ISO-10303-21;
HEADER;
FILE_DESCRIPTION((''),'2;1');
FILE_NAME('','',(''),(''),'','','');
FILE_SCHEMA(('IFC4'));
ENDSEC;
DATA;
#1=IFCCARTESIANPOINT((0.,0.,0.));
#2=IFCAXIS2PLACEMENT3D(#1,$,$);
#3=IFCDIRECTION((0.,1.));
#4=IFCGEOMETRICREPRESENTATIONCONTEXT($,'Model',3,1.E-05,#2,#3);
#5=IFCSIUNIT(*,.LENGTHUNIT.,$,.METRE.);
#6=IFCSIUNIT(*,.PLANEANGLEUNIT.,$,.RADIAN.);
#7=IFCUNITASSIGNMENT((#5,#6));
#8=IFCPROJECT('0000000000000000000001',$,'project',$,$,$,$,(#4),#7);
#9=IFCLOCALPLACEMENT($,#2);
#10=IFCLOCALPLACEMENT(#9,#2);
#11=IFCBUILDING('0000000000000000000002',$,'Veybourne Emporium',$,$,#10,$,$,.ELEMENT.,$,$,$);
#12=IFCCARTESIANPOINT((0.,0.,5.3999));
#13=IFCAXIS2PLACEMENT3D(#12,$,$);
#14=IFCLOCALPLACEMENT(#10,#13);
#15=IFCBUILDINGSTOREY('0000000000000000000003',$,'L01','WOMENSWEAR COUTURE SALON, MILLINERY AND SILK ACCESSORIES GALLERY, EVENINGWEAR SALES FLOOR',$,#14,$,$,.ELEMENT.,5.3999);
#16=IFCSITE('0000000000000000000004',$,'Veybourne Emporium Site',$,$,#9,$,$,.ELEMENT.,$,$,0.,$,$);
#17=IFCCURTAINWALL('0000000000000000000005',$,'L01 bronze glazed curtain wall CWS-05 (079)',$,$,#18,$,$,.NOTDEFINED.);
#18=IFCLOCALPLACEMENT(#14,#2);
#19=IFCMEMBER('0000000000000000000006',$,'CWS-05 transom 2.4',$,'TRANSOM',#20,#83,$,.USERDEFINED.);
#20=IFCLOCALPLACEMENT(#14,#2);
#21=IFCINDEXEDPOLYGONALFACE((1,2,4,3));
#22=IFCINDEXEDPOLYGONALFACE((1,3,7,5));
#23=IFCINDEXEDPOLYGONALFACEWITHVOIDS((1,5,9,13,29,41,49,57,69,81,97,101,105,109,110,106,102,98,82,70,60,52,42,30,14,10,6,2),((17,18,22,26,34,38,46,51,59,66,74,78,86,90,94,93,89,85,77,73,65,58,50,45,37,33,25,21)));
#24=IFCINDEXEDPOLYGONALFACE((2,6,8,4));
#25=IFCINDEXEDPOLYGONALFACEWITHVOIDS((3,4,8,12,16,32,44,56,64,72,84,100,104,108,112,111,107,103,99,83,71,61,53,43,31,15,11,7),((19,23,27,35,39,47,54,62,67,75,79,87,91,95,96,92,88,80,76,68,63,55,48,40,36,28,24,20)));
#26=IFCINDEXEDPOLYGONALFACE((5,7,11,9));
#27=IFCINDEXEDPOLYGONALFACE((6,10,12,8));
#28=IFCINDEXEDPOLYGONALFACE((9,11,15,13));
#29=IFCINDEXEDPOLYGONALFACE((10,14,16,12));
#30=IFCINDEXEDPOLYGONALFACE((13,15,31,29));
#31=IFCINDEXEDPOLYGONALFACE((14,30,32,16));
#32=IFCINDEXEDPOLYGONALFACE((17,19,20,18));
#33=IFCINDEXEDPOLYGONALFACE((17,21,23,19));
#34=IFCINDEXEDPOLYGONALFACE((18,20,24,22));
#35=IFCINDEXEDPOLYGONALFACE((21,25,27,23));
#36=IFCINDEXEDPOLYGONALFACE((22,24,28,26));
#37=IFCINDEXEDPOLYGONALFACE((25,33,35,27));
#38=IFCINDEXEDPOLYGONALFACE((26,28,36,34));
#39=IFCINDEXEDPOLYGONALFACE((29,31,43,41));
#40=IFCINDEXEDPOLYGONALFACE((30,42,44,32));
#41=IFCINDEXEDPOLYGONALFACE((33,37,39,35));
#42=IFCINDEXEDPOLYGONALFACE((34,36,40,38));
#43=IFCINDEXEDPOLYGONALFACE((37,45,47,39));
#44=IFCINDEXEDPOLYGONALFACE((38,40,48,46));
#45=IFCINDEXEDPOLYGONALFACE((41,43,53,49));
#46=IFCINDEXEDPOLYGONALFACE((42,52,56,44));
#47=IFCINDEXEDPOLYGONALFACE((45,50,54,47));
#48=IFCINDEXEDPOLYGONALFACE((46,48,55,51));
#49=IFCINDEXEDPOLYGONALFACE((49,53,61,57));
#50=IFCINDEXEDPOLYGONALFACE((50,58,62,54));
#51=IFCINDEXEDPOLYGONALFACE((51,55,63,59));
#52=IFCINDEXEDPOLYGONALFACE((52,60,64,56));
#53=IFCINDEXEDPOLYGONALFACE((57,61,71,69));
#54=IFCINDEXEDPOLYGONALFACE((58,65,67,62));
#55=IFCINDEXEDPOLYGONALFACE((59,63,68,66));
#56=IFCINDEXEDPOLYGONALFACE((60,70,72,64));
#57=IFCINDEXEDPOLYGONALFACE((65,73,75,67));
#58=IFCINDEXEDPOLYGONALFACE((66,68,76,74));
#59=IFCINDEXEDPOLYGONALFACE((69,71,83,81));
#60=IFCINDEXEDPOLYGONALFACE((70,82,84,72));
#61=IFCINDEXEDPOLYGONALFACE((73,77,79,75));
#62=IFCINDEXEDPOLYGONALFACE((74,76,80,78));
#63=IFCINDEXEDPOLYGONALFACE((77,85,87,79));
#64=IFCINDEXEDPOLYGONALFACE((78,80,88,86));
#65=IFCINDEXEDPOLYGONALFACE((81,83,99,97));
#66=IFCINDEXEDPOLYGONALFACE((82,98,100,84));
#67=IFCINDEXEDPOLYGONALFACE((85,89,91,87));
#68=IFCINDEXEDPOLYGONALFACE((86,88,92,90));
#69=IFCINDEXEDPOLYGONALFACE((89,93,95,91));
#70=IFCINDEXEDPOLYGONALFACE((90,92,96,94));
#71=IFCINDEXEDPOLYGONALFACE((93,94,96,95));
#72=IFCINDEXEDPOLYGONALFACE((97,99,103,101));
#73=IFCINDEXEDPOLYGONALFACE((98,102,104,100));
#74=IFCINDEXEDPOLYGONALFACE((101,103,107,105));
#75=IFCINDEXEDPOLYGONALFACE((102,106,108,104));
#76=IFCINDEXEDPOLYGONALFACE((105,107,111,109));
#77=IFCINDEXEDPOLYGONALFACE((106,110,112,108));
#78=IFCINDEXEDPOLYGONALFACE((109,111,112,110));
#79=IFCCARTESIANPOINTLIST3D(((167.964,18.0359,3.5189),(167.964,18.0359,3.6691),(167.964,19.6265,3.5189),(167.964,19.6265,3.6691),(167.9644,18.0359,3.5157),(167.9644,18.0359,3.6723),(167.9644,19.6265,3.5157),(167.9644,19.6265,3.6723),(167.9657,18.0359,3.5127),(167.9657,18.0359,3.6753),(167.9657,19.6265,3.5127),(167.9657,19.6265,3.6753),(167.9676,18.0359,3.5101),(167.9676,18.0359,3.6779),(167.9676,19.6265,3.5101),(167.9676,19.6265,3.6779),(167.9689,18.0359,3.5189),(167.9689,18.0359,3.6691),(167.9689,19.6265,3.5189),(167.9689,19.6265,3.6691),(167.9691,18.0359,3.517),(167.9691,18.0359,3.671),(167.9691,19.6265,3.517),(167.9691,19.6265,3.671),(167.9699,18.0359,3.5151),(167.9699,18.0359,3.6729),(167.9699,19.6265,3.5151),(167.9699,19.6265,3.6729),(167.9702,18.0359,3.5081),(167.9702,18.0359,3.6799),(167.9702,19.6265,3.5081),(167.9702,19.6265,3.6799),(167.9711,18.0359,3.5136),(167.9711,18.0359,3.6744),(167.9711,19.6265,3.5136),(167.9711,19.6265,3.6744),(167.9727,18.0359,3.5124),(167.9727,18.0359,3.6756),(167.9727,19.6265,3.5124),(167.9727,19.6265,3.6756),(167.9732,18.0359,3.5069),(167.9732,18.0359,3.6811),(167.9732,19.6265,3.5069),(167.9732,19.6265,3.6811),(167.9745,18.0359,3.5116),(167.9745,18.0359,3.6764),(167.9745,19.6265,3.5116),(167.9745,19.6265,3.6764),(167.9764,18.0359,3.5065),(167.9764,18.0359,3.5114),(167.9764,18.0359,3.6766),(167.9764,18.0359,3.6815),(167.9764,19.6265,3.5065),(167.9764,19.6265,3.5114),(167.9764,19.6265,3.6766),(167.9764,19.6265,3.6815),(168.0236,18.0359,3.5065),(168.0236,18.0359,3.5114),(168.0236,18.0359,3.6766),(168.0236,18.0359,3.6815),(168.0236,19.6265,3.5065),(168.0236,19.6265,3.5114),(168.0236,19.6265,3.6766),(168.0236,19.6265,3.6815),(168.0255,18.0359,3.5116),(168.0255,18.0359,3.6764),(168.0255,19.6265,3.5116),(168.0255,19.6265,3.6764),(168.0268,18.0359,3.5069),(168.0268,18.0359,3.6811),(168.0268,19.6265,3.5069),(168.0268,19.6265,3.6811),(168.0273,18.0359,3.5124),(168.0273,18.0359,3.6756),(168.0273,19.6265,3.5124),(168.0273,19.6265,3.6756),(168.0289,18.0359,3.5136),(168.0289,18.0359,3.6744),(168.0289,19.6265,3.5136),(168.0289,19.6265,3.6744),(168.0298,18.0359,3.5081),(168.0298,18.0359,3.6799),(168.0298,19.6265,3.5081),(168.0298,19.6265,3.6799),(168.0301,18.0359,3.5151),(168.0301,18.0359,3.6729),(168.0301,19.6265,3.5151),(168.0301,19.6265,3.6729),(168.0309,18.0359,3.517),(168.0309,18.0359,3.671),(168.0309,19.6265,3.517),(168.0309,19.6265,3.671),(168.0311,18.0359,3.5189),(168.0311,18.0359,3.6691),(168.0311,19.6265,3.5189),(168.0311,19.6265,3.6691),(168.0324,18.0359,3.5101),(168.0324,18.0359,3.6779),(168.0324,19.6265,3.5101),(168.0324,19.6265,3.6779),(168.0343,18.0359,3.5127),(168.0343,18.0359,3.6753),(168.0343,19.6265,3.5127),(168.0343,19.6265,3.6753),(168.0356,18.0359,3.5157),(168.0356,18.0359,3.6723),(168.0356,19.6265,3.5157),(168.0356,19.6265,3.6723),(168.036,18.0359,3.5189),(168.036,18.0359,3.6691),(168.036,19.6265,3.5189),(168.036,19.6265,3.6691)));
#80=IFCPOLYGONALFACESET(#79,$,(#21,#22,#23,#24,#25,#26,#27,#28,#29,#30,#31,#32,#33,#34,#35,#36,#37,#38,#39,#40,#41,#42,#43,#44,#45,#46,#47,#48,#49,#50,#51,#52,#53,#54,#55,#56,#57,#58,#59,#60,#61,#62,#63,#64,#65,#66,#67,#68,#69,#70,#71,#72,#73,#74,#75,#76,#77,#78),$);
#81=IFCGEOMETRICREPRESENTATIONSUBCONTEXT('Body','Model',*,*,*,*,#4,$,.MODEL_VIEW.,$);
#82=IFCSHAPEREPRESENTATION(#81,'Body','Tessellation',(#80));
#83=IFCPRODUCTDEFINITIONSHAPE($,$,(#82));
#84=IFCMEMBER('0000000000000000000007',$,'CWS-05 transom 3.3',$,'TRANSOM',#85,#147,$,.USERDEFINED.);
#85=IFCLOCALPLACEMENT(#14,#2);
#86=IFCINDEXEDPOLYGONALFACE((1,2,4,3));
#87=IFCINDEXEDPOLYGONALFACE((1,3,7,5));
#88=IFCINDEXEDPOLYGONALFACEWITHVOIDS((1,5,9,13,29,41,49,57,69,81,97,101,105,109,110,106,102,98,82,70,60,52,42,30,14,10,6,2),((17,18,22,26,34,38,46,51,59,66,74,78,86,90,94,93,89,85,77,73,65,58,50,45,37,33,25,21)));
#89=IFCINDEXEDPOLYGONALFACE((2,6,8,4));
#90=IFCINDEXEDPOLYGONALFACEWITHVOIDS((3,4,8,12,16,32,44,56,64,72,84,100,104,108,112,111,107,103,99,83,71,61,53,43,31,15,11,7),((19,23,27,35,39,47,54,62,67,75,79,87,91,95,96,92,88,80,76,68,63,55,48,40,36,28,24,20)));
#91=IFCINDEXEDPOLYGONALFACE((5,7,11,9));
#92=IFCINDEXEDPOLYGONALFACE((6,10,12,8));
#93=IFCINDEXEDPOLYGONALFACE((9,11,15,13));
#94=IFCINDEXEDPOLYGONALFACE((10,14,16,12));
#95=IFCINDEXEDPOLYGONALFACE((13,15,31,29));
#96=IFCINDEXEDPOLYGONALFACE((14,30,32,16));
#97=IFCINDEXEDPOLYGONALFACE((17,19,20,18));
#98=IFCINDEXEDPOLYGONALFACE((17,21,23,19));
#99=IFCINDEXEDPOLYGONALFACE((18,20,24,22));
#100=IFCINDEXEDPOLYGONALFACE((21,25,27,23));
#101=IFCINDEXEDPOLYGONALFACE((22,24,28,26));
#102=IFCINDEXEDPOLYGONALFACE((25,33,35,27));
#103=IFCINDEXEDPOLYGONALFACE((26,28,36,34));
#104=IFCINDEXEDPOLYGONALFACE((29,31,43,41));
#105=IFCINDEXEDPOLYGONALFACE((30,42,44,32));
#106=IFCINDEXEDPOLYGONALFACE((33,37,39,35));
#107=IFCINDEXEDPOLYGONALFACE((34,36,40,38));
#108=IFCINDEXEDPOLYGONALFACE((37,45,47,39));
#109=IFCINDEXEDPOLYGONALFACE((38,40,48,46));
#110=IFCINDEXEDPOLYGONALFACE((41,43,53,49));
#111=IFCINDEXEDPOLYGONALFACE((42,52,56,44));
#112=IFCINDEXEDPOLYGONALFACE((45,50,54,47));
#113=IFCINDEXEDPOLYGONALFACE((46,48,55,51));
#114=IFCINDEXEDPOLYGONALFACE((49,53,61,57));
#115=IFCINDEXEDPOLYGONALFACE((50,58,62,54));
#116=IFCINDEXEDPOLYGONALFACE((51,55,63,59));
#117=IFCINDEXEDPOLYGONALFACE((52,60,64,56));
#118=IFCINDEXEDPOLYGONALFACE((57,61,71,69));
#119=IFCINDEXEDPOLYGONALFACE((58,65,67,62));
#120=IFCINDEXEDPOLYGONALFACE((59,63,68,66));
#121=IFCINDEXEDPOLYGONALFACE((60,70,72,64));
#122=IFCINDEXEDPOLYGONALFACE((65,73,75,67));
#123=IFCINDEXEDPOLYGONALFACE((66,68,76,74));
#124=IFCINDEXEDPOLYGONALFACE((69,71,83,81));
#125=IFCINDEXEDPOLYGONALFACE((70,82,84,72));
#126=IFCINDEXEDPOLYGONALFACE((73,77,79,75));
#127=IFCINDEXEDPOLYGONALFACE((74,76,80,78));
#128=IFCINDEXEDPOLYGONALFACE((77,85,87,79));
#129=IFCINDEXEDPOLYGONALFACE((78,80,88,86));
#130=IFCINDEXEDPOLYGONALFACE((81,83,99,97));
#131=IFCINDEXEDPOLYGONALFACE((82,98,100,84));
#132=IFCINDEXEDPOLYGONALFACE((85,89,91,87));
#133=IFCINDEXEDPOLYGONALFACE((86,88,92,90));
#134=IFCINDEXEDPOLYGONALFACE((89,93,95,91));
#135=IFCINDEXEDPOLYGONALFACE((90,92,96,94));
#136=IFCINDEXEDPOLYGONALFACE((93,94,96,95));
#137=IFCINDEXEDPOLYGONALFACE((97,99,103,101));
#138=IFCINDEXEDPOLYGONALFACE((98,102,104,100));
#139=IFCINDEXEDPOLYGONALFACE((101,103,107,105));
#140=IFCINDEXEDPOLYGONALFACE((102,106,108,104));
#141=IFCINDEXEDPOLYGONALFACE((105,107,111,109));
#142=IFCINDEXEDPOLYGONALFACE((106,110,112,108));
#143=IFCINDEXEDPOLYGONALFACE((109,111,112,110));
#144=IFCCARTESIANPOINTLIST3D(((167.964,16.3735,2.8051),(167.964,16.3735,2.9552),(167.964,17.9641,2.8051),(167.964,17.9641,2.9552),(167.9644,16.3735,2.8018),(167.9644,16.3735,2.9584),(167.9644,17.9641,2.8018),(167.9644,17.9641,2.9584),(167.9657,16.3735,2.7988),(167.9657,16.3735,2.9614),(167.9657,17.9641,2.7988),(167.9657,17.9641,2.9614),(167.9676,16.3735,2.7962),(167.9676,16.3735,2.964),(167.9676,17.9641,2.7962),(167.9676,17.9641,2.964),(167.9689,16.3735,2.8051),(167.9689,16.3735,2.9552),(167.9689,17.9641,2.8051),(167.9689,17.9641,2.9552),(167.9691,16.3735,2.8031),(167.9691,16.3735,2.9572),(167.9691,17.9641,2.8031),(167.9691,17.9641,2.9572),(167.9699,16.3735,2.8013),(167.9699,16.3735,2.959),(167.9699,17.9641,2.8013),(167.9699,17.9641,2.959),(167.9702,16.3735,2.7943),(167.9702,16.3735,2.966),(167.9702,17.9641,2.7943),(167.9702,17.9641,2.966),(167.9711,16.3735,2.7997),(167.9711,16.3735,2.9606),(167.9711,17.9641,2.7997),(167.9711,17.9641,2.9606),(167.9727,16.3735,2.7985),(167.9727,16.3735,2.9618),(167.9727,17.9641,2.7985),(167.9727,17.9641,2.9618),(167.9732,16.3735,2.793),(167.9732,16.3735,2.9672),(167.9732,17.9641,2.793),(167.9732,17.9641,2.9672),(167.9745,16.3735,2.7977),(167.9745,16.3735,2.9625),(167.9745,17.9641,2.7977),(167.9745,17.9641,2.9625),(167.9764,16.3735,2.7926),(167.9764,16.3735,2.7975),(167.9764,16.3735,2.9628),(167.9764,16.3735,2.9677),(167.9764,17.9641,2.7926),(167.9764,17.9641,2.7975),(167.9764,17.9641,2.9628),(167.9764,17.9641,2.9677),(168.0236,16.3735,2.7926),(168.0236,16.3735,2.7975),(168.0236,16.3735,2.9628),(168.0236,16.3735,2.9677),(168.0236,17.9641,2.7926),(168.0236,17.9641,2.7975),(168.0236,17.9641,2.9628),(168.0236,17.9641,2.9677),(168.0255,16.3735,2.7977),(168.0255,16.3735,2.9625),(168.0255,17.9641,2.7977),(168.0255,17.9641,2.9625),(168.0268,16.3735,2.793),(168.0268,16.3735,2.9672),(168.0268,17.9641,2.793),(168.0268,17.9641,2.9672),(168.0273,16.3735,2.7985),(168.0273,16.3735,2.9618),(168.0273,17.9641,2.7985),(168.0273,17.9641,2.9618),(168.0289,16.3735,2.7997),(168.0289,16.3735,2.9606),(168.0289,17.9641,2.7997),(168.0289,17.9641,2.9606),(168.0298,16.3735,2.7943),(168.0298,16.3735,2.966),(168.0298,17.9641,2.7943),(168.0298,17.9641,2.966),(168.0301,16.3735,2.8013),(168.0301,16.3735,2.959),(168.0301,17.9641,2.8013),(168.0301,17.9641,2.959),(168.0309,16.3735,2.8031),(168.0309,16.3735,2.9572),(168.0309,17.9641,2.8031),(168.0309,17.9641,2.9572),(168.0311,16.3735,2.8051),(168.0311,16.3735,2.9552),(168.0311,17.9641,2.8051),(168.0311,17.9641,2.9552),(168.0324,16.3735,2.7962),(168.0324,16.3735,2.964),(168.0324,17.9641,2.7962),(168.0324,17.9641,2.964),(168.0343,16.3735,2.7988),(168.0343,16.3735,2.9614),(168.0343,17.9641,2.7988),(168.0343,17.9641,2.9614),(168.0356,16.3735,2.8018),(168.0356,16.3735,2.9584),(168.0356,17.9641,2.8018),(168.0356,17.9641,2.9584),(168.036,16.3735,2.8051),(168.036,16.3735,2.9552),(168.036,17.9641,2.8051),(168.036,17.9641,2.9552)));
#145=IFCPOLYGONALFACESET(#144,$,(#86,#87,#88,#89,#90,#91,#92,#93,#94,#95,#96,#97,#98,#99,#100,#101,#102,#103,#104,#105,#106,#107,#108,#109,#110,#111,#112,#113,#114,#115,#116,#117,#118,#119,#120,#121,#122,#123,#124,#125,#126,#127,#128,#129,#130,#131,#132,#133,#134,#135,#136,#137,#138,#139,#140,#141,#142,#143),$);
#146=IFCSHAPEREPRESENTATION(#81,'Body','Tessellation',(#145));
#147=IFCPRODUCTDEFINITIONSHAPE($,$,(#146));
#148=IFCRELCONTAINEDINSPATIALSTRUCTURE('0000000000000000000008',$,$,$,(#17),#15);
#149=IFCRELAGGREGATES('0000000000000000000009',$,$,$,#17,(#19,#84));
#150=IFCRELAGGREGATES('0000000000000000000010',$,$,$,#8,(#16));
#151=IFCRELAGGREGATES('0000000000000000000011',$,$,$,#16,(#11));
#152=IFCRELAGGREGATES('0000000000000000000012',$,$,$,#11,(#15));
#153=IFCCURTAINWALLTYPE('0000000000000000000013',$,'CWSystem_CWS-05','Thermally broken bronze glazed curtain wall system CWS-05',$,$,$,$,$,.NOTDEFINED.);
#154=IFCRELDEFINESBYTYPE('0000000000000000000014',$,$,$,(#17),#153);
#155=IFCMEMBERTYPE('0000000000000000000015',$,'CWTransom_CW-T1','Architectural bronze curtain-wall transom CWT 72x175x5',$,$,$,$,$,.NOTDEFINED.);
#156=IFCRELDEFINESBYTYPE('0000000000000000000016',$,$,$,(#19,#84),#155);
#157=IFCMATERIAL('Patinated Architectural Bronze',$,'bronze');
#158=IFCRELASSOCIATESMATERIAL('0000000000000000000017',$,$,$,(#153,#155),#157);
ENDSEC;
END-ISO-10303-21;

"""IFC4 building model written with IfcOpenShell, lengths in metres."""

from ifc_helpers import new_model, si_unit, direction, frame, origin, origin_2d, place, context, subcontext, project, spatial, hollow_rectangle, extrude, material, material_profile, profile_set, type_object, element, aggregate, save


model = new_model("IFC4")

# Units and contexts
model_context = context("Model", 3, precision=1e-05, world=origin(), true_north=direction((0.0, 1.0)))
body_context = subcontext(model_context, "Body", "Model", "MODEL_VIEW")
ifc_project = project(units=[si_unit("LENGTHUNIT", "METRE"), si_unit("PLANEANGLEUNIT", "RADIAN")], contexts=[model_context])

# Site, building, storey
site_placement = place(None, origin())
site = spatial("IfcSite", under=ifc_project, at=site_placement, Name="Veybourne Emporium Site", CompositionType="ELEMENT", RefElevation=0.0)
building_placement = place(site_placement, origin())
building = spatial("IfcBuilding", under=site, at=building_placement, Name="Veybourne Emporium", CompositionType="ELEMENT")
storey_placement = place(building_placement, frame((0.0, 0.0, 5.3999)))
storey = spatial("IfcBuildingStorey", under=building, at=storey_placement, Name="L01", Description="WOMENSWEAR COUTURE SALON, MILLINERY AND SILK ACCESSORIES GALLERY, EVENINGWEAR SALES FLOOR", CompositionType="ELEMENT", Elevation=5.3999)

# Curtain wall, members
ifc_material_1 = material(Name="Patinated Architectural Bronze", Category="bronze")
curtain_wall_type = type_object("IfcCurtainWallType", Name="CWSystem_CWS-05", Description="Thermally broken bronze glazed curtain wall system CWS-05", PredefinedType="NOTDEFINED", material=ifc_material_1)
curtain_wall_placement = place(storey_placement, origin())
curtain_wall = element("IfcCurtainWall", 1, at=curtain_wall_placement, inside=storey, type_object=curtain_wall_type, Name="L01 bronze glazed curtain wall CWS-05 (079)", PredefinedType="NOTDEFINED")
ifc_material_profile_1 = material_profile(ifc_material_1, hollow_rectangle(XDim=0.072, YDim=0.175, WallThickness=0.0049, InnerFilletRadius=0.0076, OuterFilletRadius=0.0125, at=origin_2d()), Name="CWT 72x175x5")
ifc_profile_set_1 = profile_set([ifc_material_profile_1], Name="Patinated Architectural Bronze")
member_type_1 = type_object("IfcMemberType", Name="CWTransom_CW-T1", Description="Architectural bronze curtain-wall transom CWT 72x175x5", PredefinedType="NOTDEFINED", material=ifc_profile_set_1)
member_1_placement = place(storey_placement, frame((168.0, 19.6265, 3.594), z_axis=(0.0, -1.0, 0.0), x_axis=(1.0, 0.0, 0.0)))
member_1 = element("IfcMember", 2, at=member_1_placement, type_object=member_type_1, Name="CWS-05 transom 2.4", ObjectType="TRANSOM", PredefinedType="USERDEFINED", context=body_context, shape_type="SweptSolid", body=[
    extrude(hollow_rectangle(XDim=0.072, YDim=0.175, WallThickness=0.0049, InnerFilletRadius=0.0076, OuterFilletRadius=0.0125, at=origin_2d()), origin(), (0.0, 0.0, 1.0), 1.5906),
])
member_2_placement = place(storey_placement, frame((168.0, 17.9641, 2.8801), z_axis=(0.0, -1.0, 0.0), x_axis=(1.0, 0.0, 0.0)))
member_2 = element("IfcMember", 3, at=member_2_placement, type_object=member_type_1, Name="CWS-05 transom 3.3", ObjectType="TRANSOM", PredefinedType="USERDEFINED", context=body_context, shape_type="SweptSolid", body=[
    extrude(hollow_rectangle(XDim=0.072, YDim=0.175, WallThickness=0.0049, InnerFilletRadius=0.0076, OuterFilletRadius=0.0125, at=origin_2d()), origin(), (0.0, 0.0, 1.0), 1.5906),
])
aggregate(curtain_wall, [member_1, member_2])

save(model, "model.ifc")
